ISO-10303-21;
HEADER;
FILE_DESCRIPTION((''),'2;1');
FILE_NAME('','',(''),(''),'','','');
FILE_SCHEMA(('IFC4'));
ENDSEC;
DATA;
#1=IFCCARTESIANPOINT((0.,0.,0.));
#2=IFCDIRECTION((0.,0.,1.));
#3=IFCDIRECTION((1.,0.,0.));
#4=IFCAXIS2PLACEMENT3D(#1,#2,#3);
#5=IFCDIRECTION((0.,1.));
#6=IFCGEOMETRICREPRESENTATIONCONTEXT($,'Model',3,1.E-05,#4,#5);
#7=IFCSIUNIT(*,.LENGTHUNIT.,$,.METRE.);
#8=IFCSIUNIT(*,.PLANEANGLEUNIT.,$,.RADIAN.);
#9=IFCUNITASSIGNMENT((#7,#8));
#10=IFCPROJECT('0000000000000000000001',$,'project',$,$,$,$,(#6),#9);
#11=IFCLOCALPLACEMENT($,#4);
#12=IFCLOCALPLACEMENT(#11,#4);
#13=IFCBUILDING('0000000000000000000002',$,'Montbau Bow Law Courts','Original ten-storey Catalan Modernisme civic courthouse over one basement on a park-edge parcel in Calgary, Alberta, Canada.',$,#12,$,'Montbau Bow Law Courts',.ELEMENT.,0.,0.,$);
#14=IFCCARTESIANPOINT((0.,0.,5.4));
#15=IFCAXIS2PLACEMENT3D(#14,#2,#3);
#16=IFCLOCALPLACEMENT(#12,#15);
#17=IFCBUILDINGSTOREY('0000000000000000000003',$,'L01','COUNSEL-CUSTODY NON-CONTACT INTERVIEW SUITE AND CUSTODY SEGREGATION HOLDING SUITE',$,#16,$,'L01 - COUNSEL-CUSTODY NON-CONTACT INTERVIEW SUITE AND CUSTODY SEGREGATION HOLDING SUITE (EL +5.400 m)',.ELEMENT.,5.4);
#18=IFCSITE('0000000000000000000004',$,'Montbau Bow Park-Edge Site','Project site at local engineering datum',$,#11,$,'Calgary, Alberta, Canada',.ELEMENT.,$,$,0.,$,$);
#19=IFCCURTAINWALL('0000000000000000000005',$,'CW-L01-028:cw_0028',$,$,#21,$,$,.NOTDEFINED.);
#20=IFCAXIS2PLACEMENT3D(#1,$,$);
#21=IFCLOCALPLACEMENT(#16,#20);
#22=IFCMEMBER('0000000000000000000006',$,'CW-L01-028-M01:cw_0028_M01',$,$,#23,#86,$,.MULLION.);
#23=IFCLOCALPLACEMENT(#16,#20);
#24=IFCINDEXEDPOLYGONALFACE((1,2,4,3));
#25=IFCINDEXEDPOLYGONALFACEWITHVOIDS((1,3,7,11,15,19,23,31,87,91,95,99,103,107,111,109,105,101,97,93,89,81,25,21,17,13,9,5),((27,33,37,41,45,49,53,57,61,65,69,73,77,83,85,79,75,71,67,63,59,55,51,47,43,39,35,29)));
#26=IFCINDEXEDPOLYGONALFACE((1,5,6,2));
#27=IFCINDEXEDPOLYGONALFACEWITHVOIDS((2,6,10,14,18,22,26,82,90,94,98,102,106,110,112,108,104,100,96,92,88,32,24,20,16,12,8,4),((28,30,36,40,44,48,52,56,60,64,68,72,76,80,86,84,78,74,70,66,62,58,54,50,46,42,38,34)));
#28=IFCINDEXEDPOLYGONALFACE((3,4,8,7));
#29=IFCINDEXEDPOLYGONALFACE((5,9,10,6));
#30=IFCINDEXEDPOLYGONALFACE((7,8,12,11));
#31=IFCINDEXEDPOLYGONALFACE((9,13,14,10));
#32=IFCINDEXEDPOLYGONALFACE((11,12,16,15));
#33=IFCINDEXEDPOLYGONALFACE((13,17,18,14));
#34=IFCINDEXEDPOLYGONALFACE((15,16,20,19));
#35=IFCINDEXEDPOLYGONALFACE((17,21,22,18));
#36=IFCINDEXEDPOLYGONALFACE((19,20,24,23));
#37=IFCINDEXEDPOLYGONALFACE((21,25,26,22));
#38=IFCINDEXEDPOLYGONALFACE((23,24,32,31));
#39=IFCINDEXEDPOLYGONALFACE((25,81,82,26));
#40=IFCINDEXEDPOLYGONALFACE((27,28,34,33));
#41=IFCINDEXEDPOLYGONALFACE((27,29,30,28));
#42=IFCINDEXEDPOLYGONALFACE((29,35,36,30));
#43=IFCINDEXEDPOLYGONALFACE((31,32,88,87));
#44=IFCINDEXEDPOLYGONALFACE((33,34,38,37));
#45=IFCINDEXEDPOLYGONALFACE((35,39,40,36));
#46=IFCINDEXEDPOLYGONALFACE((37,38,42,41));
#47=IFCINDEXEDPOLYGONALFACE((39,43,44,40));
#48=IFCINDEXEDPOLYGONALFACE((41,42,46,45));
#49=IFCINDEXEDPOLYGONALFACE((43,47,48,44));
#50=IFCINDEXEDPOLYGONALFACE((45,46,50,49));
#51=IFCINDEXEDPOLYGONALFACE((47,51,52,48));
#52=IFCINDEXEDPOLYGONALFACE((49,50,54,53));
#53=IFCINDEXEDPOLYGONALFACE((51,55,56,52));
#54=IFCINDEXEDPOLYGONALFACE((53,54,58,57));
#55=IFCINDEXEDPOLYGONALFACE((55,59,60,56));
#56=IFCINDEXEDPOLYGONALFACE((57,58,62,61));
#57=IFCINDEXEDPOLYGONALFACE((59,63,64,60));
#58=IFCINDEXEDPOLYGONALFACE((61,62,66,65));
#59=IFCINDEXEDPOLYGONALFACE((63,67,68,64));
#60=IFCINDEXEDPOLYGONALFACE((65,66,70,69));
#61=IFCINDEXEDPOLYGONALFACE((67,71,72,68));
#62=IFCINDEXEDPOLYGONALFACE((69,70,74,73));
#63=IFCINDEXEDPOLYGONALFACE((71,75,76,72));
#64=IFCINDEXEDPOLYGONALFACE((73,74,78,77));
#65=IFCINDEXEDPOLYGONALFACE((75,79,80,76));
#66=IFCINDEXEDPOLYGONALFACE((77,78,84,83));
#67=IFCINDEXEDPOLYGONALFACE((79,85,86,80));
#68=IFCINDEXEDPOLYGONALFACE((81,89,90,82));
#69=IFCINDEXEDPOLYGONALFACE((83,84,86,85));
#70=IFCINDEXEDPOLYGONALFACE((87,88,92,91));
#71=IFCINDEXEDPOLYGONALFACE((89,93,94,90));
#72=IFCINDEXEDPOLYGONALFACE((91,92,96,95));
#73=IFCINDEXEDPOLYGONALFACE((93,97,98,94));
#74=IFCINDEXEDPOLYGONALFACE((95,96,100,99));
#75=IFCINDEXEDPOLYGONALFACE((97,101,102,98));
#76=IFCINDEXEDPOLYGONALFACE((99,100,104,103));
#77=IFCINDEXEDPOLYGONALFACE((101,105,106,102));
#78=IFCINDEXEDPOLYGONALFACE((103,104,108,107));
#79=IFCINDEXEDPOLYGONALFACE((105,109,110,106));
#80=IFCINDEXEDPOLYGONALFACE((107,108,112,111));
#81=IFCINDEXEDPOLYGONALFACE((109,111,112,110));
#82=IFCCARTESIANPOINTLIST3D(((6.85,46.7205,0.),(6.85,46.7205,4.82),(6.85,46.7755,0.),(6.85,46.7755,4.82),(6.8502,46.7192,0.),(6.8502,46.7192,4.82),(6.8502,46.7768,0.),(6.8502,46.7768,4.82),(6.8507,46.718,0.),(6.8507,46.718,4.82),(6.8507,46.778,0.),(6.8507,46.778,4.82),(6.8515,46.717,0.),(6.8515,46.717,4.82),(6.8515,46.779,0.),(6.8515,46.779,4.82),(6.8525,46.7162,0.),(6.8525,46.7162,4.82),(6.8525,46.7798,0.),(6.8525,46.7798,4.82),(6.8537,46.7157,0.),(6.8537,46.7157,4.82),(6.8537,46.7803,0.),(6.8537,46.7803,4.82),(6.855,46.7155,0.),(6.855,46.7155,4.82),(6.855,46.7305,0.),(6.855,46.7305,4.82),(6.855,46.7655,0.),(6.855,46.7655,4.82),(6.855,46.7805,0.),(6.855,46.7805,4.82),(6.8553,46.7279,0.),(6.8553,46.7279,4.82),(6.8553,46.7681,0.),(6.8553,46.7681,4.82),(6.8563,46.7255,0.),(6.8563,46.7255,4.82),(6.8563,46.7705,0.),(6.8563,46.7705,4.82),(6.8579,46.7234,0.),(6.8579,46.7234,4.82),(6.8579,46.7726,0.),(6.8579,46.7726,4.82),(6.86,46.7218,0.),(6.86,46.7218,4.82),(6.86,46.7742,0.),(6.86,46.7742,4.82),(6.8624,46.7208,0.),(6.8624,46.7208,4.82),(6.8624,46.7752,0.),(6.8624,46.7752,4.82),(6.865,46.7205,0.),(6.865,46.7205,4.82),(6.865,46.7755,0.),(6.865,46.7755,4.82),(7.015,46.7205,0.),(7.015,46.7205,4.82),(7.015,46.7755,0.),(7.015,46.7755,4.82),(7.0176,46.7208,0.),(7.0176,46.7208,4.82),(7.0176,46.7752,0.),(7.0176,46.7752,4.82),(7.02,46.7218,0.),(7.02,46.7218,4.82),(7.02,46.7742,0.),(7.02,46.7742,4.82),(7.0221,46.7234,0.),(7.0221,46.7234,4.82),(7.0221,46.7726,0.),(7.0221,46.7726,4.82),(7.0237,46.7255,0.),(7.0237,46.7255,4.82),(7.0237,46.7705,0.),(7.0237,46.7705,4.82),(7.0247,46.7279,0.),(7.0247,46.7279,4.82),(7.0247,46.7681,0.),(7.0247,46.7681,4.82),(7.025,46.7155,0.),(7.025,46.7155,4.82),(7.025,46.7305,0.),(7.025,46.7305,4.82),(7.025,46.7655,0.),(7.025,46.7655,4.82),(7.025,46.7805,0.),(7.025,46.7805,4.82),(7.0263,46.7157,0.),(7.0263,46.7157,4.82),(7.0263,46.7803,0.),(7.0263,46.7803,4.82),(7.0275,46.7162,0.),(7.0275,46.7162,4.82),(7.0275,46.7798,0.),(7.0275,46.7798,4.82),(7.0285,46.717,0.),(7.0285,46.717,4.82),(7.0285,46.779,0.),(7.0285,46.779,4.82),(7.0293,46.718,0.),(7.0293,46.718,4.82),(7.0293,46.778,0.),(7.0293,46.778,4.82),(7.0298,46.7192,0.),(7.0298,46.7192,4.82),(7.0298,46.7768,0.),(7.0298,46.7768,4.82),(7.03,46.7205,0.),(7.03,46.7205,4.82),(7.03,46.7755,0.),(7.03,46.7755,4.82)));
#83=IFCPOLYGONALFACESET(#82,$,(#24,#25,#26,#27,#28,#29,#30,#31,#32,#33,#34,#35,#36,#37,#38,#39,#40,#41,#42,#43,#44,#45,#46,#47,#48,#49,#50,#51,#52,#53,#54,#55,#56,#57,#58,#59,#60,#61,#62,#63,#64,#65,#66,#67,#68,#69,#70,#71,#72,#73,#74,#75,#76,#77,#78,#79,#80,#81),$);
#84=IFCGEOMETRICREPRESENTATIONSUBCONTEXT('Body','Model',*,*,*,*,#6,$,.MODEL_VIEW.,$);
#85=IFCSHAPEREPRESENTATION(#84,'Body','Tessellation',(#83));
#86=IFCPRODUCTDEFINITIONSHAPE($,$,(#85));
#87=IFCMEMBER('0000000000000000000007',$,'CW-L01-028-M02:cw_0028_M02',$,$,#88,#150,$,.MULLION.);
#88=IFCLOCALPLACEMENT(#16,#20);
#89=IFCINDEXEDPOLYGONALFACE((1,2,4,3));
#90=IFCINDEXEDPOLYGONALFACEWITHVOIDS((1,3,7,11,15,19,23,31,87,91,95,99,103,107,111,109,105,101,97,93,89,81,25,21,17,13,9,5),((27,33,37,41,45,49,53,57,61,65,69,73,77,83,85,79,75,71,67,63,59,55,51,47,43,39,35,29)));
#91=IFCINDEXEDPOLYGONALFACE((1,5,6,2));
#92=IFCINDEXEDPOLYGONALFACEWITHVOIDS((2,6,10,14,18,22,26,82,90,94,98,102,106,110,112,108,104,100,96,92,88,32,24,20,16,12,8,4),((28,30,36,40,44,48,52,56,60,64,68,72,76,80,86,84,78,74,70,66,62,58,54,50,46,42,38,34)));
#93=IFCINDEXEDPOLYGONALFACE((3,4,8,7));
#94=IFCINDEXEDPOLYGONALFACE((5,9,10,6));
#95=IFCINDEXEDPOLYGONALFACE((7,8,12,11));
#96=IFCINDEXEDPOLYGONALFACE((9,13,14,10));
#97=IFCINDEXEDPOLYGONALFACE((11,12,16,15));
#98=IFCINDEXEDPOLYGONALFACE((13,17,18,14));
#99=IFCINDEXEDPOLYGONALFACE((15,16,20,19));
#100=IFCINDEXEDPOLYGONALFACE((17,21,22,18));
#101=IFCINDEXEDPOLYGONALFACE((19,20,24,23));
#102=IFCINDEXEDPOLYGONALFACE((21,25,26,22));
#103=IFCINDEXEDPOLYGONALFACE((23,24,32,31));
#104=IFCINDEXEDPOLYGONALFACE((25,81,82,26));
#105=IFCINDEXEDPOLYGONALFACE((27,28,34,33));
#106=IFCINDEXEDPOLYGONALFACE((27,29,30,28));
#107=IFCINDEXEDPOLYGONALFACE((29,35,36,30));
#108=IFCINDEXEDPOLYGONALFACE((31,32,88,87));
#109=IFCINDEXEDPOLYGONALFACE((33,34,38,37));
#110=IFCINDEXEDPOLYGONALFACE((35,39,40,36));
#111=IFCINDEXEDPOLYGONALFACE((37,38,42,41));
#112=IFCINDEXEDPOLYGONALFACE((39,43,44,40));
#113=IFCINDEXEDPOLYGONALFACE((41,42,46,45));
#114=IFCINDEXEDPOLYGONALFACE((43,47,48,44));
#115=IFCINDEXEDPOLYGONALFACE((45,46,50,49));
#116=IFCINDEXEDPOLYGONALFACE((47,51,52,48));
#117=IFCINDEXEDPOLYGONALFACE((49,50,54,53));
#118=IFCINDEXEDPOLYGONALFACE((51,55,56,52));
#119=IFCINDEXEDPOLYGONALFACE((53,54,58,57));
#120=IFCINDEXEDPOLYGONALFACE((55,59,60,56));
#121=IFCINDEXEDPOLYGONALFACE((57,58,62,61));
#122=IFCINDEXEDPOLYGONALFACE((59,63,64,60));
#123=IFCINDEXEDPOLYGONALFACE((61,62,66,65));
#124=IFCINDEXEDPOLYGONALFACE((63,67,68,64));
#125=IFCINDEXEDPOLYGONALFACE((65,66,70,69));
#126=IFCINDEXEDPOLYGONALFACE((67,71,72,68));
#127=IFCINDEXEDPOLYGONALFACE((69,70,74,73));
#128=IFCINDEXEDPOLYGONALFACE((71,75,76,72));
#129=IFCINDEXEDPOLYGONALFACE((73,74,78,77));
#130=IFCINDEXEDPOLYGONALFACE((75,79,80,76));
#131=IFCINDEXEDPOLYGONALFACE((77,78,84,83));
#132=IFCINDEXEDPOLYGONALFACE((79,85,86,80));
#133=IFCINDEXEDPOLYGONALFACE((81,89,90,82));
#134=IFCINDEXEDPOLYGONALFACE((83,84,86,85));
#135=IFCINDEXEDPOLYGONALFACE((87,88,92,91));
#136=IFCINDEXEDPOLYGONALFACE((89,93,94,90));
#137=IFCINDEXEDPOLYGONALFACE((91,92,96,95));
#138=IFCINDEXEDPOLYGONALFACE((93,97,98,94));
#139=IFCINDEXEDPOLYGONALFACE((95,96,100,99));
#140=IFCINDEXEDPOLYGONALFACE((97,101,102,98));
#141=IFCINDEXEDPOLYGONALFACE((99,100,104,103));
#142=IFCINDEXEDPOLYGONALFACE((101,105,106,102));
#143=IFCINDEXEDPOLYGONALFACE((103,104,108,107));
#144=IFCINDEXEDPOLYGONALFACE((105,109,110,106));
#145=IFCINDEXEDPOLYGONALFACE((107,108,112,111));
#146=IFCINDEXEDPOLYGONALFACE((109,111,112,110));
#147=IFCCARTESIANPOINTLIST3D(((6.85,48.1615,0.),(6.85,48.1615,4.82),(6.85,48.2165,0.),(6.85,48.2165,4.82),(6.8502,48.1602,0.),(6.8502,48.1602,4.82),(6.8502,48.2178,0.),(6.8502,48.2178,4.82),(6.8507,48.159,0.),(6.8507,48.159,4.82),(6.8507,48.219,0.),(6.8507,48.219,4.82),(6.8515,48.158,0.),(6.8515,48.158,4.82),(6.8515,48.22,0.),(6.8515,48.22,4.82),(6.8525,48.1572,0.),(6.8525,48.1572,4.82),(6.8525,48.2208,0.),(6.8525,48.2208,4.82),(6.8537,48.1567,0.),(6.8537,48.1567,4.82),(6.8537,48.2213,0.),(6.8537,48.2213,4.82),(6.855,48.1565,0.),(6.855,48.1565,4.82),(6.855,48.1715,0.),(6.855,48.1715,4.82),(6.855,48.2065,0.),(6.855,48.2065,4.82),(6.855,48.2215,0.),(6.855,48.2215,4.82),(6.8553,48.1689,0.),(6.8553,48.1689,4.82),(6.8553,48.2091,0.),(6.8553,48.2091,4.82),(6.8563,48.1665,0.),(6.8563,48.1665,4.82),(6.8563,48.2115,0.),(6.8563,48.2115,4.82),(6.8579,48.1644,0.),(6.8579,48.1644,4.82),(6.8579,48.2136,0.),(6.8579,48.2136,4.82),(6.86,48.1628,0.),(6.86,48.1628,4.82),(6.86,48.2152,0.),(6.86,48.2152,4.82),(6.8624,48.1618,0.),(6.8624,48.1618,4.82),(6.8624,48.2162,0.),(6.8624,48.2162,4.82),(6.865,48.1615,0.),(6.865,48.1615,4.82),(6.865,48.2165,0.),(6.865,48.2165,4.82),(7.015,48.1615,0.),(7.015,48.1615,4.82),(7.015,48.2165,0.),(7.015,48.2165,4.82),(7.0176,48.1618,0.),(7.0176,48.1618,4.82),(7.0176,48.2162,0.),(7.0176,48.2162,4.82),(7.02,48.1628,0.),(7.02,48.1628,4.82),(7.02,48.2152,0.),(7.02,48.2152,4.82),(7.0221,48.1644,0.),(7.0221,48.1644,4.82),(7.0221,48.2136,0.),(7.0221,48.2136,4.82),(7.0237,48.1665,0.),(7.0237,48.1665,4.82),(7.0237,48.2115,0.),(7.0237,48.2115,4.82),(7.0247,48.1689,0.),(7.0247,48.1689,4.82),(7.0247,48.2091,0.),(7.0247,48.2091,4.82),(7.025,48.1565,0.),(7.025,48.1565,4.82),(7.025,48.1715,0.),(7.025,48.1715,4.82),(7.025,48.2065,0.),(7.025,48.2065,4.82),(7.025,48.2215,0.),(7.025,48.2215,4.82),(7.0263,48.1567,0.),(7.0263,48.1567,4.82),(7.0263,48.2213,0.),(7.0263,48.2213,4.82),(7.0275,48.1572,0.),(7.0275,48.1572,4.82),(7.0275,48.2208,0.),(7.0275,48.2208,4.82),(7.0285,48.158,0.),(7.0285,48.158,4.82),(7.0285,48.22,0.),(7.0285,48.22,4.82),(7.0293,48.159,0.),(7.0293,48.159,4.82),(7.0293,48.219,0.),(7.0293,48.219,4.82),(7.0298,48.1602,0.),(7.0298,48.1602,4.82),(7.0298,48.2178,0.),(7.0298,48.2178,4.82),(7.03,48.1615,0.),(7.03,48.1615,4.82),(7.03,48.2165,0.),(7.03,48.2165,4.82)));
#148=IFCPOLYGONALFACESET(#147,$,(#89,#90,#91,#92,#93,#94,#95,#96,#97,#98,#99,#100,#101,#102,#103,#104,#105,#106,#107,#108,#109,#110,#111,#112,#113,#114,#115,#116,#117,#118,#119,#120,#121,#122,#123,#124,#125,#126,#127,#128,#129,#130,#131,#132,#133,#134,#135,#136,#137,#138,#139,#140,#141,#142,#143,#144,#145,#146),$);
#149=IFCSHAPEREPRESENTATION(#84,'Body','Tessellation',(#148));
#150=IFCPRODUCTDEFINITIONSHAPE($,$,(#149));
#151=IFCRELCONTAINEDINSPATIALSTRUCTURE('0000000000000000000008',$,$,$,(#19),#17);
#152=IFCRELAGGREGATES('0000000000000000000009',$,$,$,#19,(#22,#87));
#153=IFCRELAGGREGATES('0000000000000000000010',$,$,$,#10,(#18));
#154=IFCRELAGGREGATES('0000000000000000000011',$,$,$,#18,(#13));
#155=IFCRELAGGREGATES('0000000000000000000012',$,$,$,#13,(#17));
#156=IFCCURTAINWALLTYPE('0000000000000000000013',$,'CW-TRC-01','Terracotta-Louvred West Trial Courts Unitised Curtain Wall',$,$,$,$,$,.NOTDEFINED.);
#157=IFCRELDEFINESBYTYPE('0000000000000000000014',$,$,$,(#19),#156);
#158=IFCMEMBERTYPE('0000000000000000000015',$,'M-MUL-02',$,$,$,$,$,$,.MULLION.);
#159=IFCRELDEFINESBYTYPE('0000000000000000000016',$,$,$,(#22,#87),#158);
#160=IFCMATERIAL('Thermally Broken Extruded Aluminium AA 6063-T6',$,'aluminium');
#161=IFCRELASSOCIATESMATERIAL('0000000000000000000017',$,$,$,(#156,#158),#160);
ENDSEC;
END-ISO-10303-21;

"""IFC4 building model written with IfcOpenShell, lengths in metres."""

from ifc_helpers import new_model, si_unit, direction, frame, origin_with_axes, origin_2d_with_axis, place, context, subcontext, project, spatial, hollow_rectangle, extrude, material, material_profile, profile_set, type_object, element, aggregate, save


model = new_model("IFC4")

# Units and contexts
model_context = context("Model", 3, precision=1e-05, world=origin_with_axes(), true_north=direction((0.0, 1.0)))
body_context = subcontext(model_context, "Body", "Model", "MODEL_VIEW")
ifc_project = project(units=[si_unit("LENGTHUNIT", "METRE"), si_unit("PLANEANGLEUNIT", "RADIAN")], contexts=[model_context])

# Site, building, storey
site_placement = place(None, origin_with_axes())
site = spatial("IfcSite", under=ifc_project, at=site_placement, Name="Montbau Bow Park-Edge Site", Description="Project site at local engineering datum", LongName="Calgary, Alberta, Canada", CompositionType="ELEMENT", RefElevation=0.0)
building_placement = place(site_placement, origin_with_axes())
building = spatial("IfcBuilding", under=site, at=building_placement, Name="Montbau Bow Law Courts", Description="Original ten-storey Catalan Modernisme civic courthouse over one basement on a park-edge parcel in Calgary, Alberta, Canada.", LongName="Montbau Bow Law Courts", CompositionType="ELEMENT", ElevationOfRefHeight=0.0, ElevationOfTerrain=0.0)
storey_placement = place(building_placement, frame((0.0, 0.0, 5.4), z_axis=(0.0, 0.0, 1.0), x_axis=(1.0, 0.0, 0.0)))
storey = spatial("IfcBuildingStorey", under=building, at=storey_placement, Name="L01", Description="COUNSEL-CUSTODY NON-CONTACT INTERVIEW SUITE AND CUSTODY SEGREGATION HOLDING SUITE", LongName="L01 - COUNSEL-CUSTODY NON-CONTACT INTERVIEW SUITE AND CUSTODY SEGREGATION HOLDING SUITE (EL +5.400 m)", CompositionType="ELEMENT", Elevation=5.4)

# Shared definitions
ifc_material_1 = material(Name="Thermally Broken Extruded Aluminium AA 6063-T6", Category="aluminium")
curtain_wall_type = type_object("IfcCurtainWallType", Name="CW-TRC-01", Description="Terracotta-Louvred West Trial Courts Unitised Curtain Wall", PredefinedType="NOTDEFINED", material=ifc_material_1)

# Curtain wall, members
curtain_wall_1_placement = place(None, frame((6.94, 46.715, 5.4), z_axis=(0.0, 0.0, 1.0), x_axis=(1.0, 0.0, 0.0)))
curtain_wall_1 = element("IfcCurtainWall", 1, at=curtain_wall_1_placement, inside=storey, type_object=curtain_wall_type, Name="CW-L01-028:cw_0028", PredefinedType="NOTDEFINED")
ifc_material_profile_1 = material_profile(ifc_material_1, hollow_rectangle(XDim=0.065, YDim=0.18, WallThickness=0.005, InnerFilletRadius=0.01, OuterFilletRadius=0.005, at=origin_2d_with_axis()), Name="CWM-180X65", Category="Main", Priority=0)
ifc_profile_set_1 = profile_set([ifc_material_profile_1], Name="Thermally Broken Extruded Aluminium AA 6063-T6")
member_type_1 = type_object("IfcMemberType", Name="M-MUL-02", PredefinedType="MULLION", material=ifc_profile_set_1)
member_1_placement = place(None, frame((6.94, 46.748, 5.4), z_axis=(0.0, 0.0, 1.0), x_axis=(0.0, 1.0, 0.0)))
member_1 = element("IfcMember", 2, at=member_1_placement, type_object=member_type_1, Name="CW-L01-028-M01:cw_0028_M01", PredefinedType="MULLION", context=body_context, shape_type="SweptSolid", body=[
    extrude(hollow_rectangle(XDim=0.065, YDim=0.18, WallThickness=0.005, InnerFilletRadius=0.01, OuterFilletRadius=0.005, at=origin_2d_with_axis()), origin_with_axes(), (0.0, 0.0, 1.0), 4.82),
])
member_2_placement = place(None, frame((6.94, 48.189, 5.4), z_axis=(0.0, 0.0, 1.0), x_axis=(0.0, 1.0, 0.0)))
member_2 = element("IfcMember", 3, at=member_2_placement, type_object=member_type_1, Name="CW-L01-028-M02:cw_0028_M02", PredefinedType="MULLION", context=body_context, shape_type="SweptSolid", body=[
    extrude(hollow_rectangle(XDim=0.065, YDim=0.18, WallThickness=0.005, InnerFilletRadius=0.01, OuterFilletRadius=0.005, at=origin_2d_with_axis()), origin_with_axes(), (0.0, 0.0, 1.0), 4.82),
])
aggregate(curtain_wall_1, [member_1, member_2])

save(model, "model.ifc")
